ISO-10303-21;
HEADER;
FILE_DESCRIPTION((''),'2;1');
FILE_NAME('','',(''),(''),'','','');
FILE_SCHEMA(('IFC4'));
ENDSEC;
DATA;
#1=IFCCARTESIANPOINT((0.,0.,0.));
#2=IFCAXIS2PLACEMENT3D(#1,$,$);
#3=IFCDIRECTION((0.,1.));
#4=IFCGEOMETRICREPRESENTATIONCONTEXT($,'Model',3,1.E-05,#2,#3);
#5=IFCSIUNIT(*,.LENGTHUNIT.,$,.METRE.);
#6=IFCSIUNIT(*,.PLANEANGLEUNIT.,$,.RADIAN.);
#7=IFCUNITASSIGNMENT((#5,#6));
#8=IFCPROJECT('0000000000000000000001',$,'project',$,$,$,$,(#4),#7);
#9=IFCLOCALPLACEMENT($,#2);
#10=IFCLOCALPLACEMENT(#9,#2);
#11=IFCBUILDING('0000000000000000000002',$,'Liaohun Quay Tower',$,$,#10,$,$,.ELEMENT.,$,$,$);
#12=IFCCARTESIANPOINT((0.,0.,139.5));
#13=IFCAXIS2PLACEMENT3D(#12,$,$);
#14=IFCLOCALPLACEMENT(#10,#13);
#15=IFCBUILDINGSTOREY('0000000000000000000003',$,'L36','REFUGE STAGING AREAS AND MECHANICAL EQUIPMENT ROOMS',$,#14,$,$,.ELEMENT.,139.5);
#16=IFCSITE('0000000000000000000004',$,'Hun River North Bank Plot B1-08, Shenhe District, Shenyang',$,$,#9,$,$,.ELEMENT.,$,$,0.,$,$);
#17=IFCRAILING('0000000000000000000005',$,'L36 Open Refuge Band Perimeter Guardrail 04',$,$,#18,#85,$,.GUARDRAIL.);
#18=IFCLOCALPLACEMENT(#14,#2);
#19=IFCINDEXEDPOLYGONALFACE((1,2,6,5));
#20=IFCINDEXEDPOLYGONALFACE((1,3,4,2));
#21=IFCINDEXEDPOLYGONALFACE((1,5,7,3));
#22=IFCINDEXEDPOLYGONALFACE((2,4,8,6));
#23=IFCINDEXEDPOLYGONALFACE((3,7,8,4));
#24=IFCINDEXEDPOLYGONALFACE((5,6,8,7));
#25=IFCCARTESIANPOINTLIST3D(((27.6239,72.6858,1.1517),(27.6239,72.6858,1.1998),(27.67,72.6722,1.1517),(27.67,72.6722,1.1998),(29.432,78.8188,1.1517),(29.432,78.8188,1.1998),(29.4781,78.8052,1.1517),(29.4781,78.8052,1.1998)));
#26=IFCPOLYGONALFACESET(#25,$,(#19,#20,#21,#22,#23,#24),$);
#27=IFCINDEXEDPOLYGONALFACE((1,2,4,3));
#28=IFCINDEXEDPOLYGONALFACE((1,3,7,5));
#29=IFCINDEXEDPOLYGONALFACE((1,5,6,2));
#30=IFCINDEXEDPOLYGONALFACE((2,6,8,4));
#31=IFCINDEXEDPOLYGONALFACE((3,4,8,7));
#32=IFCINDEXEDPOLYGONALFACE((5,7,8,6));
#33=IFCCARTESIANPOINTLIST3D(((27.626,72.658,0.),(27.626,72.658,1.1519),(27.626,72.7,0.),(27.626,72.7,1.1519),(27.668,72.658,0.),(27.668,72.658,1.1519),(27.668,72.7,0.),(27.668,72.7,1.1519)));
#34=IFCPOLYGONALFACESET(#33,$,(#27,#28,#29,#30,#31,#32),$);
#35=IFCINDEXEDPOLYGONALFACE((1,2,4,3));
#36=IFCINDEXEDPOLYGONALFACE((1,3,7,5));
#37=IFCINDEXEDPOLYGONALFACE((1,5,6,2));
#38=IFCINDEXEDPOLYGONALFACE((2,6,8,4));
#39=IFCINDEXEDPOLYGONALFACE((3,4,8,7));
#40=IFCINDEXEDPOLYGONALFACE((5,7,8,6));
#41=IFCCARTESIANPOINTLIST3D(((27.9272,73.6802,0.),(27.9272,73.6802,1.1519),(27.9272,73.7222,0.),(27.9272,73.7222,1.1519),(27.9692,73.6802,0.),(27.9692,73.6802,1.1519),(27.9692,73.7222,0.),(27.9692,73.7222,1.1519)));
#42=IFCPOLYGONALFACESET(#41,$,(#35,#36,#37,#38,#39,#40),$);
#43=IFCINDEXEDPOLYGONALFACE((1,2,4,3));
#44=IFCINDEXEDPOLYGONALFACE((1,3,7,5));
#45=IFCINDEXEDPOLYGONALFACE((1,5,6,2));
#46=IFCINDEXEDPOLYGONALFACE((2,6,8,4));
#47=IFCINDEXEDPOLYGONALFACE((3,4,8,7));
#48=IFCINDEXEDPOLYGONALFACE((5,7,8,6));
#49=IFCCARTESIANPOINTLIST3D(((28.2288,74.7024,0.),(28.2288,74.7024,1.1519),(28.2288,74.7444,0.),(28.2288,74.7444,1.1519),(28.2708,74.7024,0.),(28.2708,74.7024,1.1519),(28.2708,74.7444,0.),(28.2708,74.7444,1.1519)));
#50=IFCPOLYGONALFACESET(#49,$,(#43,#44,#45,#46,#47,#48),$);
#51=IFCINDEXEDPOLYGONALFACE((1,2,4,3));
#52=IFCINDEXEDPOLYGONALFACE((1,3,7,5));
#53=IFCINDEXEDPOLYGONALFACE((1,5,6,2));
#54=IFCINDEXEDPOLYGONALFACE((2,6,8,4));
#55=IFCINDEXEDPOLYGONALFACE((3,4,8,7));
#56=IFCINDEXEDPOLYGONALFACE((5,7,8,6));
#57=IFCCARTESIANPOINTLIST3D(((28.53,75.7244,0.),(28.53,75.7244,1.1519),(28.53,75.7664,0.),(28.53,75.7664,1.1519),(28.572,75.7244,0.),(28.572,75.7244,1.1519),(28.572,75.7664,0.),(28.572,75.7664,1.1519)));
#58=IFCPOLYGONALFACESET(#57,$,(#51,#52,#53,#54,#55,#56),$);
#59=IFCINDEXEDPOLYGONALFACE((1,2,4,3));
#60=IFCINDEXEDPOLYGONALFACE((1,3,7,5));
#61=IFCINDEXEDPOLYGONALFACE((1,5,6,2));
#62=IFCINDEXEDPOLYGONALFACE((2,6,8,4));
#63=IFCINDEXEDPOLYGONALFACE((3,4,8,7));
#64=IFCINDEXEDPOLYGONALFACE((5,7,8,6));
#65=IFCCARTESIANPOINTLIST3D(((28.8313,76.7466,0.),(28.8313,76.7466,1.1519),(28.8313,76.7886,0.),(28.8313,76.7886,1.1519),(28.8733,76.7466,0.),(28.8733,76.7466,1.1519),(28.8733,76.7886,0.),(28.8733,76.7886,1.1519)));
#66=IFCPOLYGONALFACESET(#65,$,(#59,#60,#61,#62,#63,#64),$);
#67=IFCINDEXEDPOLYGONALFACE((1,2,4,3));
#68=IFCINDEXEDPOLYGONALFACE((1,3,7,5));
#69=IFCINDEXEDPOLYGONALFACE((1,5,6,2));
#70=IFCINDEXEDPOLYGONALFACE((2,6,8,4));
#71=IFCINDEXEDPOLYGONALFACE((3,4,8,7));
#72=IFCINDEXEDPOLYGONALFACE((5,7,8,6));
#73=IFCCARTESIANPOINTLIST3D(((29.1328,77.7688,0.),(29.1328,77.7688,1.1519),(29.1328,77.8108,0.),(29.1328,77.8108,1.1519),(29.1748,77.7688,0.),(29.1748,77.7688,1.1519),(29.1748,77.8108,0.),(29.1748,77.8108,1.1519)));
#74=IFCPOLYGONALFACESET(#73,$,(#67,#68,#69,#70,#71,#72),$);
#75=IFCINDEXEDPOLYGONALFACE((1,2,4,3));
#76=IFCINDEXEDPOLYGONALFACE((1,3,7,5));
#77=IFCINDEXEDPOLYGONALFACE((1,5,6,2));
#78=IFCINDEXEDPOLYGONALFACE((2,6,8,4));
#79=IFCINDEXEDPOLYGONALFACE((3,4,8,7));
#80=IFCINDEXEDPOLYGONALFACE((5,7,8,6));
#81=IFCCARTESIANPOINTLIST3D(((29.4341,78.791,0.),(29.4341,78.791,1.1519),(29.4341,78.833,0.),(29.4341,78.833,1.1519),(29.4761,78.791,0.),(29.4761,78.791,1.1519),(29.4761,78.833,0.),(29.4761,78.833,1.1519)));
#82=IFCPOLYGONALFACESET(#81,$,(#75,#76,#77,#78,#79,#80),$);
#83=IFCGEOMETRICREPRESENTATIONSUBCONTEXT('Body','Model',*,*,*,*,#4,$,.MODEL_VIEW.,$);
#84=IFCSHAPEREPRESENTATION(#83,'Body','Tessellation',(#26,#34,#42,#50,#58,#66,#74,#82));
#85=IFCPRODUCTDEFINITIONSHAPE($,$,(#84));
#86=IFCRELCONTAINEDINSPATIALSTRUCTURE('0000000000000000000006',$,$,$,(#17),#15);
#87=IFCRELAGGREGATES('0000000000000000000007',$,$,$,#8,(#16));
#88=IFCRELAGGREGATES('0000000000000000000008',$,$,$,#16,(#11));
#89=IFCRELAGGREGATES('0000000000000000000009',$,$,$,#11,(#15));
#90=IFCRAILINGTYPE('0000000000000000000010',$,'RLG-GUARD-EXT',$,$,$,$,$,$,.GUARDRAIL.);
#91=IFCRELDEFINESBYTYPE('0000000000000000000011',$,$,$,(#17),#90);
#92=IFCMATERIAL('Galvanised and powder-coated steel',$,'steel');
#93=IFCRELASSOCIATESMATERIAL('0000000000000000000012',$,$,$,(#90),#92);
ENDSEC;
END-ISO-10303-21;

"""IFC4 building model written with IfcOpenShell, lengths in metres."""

from ifc_helpers import new_model, si_unit, direction, frame, origin, origin_2d, place, context, subcontext, project, spatial, rectangle, extrude, material, type_object, element, save


model = new_model("IFC4")

# Units and contexts
model_context = context("Model", 3, precision=1e-05, world=origin(), true_north=direction((0.0, 1.0)))
body_context = subcontext(model_context, "Body", "Model", "MODEL_VIEW")
ifc_project = project(units=[si_unit("LENGTHUNIT", "METRE"), si_unit("PLANEANGLEUNIT", "RADIAN")], contexts=[model_context])

# Site, building, storey
site_placement = place(None, origin())
site = spatial("IfcSite", under=ifc_project, at=site_placement, Name="Hun River North Bank Plot B1-08, Shenhe District, Shenyang", CompositionType="ELEMENT", RefElevation=0.0)
building_placement = place(site_placement, origin())
building = spatial("IfcBuilding", under=site, at=building_placement, Name="Liaohun Quay Tower", CompositionType="ELEMENT")
storey_placement = place(building_placement, frame((0.0, 0.0, 139.5)))
storey = spatial("IfcBuildingStorey", under=building, at=storey_placement, Name="L36", Description="REFUGE STAGING AREAS AND MECHANICAL EQUIPMENT ROOMS", CompositionType="ELEMENT", Elevation=139.5)

# Railing
ifc_material_1 = material(Name="Galvanised and powder-coated steel", Category="steel")
railing_type = type_object("IfcRailingType", Name="RLG-GUARD-EXT", PredefinedType="GUARDRAIL", material=ifc_material_1)
railing_1_placement = place(storey_placement, frame((27.647, 72.679, 0.0)))
element("IfcRailing", 1, at=railing_1_placement, inside=storey, type_object=railing_type, Name="L36 Open Refuge Band Perimeter Guardrail 04", PredefinedType="GUARDRAIL", context=body_context, shape_type="SweptSolid", body=[
    extrude(rectangle(XDim=0.0481, YDim=0.0481, at=origin_2d()), frame((0.0, 0.0, 1.1758), z_axis=(0.28278, 0.959185, 0.0), x_axis=(-0.959185, 0.28278, 0.0)), (0.0, 0.0, 1.0), 6.394),
    extrude(rectangle(XDim=0.042, YDim=0.042, at=origin_2d()), origin(), (0.0, 0.0, 1.0), 1.1519),
    extrude(rectangle(XDim=0.042, YDim=0.042, at=origin_2d()), frame((0.3013, 1.0222, 0.0)), (0.0, 0.0, 1.0), 1.1519),
    extrude(rectangle(XDim=0.042, YDim=0.042, at=origin_2d()), frame((0.6028, 2.0444, 0.0)), (0.0, 0.0, 1.0), 1.1519),
    extrude(rectangle(XDim=0.042, YDim=0.042, at=origin_2d()), frame((0.9041, 3.0664, 0.0)), (0.0, 0.0, 1.0), 1.1519),
    extrude(rectangle(XDim=0.042, YDim=0.042, at=origin_2d()), frame((1.2053, 4.0886, 0.0)), (0.0, 0.0, 1.0), 1.1519),
    extrude(rectangle(XDim=0.042, YDim=0.042, at=origin_2d()), frame((1.5068, 5.1108, 0.0)), (0.0, 0.0, 1.0), 1.1519),
    extrude(rectangle(XDim=0.042, YDim=0.042, at=origin_2d()), frame((1.8081, 6.1331, 0.0)), (0.0, 0.0, 1.0), 1.1519),
])

save(model, "model.ifc")
